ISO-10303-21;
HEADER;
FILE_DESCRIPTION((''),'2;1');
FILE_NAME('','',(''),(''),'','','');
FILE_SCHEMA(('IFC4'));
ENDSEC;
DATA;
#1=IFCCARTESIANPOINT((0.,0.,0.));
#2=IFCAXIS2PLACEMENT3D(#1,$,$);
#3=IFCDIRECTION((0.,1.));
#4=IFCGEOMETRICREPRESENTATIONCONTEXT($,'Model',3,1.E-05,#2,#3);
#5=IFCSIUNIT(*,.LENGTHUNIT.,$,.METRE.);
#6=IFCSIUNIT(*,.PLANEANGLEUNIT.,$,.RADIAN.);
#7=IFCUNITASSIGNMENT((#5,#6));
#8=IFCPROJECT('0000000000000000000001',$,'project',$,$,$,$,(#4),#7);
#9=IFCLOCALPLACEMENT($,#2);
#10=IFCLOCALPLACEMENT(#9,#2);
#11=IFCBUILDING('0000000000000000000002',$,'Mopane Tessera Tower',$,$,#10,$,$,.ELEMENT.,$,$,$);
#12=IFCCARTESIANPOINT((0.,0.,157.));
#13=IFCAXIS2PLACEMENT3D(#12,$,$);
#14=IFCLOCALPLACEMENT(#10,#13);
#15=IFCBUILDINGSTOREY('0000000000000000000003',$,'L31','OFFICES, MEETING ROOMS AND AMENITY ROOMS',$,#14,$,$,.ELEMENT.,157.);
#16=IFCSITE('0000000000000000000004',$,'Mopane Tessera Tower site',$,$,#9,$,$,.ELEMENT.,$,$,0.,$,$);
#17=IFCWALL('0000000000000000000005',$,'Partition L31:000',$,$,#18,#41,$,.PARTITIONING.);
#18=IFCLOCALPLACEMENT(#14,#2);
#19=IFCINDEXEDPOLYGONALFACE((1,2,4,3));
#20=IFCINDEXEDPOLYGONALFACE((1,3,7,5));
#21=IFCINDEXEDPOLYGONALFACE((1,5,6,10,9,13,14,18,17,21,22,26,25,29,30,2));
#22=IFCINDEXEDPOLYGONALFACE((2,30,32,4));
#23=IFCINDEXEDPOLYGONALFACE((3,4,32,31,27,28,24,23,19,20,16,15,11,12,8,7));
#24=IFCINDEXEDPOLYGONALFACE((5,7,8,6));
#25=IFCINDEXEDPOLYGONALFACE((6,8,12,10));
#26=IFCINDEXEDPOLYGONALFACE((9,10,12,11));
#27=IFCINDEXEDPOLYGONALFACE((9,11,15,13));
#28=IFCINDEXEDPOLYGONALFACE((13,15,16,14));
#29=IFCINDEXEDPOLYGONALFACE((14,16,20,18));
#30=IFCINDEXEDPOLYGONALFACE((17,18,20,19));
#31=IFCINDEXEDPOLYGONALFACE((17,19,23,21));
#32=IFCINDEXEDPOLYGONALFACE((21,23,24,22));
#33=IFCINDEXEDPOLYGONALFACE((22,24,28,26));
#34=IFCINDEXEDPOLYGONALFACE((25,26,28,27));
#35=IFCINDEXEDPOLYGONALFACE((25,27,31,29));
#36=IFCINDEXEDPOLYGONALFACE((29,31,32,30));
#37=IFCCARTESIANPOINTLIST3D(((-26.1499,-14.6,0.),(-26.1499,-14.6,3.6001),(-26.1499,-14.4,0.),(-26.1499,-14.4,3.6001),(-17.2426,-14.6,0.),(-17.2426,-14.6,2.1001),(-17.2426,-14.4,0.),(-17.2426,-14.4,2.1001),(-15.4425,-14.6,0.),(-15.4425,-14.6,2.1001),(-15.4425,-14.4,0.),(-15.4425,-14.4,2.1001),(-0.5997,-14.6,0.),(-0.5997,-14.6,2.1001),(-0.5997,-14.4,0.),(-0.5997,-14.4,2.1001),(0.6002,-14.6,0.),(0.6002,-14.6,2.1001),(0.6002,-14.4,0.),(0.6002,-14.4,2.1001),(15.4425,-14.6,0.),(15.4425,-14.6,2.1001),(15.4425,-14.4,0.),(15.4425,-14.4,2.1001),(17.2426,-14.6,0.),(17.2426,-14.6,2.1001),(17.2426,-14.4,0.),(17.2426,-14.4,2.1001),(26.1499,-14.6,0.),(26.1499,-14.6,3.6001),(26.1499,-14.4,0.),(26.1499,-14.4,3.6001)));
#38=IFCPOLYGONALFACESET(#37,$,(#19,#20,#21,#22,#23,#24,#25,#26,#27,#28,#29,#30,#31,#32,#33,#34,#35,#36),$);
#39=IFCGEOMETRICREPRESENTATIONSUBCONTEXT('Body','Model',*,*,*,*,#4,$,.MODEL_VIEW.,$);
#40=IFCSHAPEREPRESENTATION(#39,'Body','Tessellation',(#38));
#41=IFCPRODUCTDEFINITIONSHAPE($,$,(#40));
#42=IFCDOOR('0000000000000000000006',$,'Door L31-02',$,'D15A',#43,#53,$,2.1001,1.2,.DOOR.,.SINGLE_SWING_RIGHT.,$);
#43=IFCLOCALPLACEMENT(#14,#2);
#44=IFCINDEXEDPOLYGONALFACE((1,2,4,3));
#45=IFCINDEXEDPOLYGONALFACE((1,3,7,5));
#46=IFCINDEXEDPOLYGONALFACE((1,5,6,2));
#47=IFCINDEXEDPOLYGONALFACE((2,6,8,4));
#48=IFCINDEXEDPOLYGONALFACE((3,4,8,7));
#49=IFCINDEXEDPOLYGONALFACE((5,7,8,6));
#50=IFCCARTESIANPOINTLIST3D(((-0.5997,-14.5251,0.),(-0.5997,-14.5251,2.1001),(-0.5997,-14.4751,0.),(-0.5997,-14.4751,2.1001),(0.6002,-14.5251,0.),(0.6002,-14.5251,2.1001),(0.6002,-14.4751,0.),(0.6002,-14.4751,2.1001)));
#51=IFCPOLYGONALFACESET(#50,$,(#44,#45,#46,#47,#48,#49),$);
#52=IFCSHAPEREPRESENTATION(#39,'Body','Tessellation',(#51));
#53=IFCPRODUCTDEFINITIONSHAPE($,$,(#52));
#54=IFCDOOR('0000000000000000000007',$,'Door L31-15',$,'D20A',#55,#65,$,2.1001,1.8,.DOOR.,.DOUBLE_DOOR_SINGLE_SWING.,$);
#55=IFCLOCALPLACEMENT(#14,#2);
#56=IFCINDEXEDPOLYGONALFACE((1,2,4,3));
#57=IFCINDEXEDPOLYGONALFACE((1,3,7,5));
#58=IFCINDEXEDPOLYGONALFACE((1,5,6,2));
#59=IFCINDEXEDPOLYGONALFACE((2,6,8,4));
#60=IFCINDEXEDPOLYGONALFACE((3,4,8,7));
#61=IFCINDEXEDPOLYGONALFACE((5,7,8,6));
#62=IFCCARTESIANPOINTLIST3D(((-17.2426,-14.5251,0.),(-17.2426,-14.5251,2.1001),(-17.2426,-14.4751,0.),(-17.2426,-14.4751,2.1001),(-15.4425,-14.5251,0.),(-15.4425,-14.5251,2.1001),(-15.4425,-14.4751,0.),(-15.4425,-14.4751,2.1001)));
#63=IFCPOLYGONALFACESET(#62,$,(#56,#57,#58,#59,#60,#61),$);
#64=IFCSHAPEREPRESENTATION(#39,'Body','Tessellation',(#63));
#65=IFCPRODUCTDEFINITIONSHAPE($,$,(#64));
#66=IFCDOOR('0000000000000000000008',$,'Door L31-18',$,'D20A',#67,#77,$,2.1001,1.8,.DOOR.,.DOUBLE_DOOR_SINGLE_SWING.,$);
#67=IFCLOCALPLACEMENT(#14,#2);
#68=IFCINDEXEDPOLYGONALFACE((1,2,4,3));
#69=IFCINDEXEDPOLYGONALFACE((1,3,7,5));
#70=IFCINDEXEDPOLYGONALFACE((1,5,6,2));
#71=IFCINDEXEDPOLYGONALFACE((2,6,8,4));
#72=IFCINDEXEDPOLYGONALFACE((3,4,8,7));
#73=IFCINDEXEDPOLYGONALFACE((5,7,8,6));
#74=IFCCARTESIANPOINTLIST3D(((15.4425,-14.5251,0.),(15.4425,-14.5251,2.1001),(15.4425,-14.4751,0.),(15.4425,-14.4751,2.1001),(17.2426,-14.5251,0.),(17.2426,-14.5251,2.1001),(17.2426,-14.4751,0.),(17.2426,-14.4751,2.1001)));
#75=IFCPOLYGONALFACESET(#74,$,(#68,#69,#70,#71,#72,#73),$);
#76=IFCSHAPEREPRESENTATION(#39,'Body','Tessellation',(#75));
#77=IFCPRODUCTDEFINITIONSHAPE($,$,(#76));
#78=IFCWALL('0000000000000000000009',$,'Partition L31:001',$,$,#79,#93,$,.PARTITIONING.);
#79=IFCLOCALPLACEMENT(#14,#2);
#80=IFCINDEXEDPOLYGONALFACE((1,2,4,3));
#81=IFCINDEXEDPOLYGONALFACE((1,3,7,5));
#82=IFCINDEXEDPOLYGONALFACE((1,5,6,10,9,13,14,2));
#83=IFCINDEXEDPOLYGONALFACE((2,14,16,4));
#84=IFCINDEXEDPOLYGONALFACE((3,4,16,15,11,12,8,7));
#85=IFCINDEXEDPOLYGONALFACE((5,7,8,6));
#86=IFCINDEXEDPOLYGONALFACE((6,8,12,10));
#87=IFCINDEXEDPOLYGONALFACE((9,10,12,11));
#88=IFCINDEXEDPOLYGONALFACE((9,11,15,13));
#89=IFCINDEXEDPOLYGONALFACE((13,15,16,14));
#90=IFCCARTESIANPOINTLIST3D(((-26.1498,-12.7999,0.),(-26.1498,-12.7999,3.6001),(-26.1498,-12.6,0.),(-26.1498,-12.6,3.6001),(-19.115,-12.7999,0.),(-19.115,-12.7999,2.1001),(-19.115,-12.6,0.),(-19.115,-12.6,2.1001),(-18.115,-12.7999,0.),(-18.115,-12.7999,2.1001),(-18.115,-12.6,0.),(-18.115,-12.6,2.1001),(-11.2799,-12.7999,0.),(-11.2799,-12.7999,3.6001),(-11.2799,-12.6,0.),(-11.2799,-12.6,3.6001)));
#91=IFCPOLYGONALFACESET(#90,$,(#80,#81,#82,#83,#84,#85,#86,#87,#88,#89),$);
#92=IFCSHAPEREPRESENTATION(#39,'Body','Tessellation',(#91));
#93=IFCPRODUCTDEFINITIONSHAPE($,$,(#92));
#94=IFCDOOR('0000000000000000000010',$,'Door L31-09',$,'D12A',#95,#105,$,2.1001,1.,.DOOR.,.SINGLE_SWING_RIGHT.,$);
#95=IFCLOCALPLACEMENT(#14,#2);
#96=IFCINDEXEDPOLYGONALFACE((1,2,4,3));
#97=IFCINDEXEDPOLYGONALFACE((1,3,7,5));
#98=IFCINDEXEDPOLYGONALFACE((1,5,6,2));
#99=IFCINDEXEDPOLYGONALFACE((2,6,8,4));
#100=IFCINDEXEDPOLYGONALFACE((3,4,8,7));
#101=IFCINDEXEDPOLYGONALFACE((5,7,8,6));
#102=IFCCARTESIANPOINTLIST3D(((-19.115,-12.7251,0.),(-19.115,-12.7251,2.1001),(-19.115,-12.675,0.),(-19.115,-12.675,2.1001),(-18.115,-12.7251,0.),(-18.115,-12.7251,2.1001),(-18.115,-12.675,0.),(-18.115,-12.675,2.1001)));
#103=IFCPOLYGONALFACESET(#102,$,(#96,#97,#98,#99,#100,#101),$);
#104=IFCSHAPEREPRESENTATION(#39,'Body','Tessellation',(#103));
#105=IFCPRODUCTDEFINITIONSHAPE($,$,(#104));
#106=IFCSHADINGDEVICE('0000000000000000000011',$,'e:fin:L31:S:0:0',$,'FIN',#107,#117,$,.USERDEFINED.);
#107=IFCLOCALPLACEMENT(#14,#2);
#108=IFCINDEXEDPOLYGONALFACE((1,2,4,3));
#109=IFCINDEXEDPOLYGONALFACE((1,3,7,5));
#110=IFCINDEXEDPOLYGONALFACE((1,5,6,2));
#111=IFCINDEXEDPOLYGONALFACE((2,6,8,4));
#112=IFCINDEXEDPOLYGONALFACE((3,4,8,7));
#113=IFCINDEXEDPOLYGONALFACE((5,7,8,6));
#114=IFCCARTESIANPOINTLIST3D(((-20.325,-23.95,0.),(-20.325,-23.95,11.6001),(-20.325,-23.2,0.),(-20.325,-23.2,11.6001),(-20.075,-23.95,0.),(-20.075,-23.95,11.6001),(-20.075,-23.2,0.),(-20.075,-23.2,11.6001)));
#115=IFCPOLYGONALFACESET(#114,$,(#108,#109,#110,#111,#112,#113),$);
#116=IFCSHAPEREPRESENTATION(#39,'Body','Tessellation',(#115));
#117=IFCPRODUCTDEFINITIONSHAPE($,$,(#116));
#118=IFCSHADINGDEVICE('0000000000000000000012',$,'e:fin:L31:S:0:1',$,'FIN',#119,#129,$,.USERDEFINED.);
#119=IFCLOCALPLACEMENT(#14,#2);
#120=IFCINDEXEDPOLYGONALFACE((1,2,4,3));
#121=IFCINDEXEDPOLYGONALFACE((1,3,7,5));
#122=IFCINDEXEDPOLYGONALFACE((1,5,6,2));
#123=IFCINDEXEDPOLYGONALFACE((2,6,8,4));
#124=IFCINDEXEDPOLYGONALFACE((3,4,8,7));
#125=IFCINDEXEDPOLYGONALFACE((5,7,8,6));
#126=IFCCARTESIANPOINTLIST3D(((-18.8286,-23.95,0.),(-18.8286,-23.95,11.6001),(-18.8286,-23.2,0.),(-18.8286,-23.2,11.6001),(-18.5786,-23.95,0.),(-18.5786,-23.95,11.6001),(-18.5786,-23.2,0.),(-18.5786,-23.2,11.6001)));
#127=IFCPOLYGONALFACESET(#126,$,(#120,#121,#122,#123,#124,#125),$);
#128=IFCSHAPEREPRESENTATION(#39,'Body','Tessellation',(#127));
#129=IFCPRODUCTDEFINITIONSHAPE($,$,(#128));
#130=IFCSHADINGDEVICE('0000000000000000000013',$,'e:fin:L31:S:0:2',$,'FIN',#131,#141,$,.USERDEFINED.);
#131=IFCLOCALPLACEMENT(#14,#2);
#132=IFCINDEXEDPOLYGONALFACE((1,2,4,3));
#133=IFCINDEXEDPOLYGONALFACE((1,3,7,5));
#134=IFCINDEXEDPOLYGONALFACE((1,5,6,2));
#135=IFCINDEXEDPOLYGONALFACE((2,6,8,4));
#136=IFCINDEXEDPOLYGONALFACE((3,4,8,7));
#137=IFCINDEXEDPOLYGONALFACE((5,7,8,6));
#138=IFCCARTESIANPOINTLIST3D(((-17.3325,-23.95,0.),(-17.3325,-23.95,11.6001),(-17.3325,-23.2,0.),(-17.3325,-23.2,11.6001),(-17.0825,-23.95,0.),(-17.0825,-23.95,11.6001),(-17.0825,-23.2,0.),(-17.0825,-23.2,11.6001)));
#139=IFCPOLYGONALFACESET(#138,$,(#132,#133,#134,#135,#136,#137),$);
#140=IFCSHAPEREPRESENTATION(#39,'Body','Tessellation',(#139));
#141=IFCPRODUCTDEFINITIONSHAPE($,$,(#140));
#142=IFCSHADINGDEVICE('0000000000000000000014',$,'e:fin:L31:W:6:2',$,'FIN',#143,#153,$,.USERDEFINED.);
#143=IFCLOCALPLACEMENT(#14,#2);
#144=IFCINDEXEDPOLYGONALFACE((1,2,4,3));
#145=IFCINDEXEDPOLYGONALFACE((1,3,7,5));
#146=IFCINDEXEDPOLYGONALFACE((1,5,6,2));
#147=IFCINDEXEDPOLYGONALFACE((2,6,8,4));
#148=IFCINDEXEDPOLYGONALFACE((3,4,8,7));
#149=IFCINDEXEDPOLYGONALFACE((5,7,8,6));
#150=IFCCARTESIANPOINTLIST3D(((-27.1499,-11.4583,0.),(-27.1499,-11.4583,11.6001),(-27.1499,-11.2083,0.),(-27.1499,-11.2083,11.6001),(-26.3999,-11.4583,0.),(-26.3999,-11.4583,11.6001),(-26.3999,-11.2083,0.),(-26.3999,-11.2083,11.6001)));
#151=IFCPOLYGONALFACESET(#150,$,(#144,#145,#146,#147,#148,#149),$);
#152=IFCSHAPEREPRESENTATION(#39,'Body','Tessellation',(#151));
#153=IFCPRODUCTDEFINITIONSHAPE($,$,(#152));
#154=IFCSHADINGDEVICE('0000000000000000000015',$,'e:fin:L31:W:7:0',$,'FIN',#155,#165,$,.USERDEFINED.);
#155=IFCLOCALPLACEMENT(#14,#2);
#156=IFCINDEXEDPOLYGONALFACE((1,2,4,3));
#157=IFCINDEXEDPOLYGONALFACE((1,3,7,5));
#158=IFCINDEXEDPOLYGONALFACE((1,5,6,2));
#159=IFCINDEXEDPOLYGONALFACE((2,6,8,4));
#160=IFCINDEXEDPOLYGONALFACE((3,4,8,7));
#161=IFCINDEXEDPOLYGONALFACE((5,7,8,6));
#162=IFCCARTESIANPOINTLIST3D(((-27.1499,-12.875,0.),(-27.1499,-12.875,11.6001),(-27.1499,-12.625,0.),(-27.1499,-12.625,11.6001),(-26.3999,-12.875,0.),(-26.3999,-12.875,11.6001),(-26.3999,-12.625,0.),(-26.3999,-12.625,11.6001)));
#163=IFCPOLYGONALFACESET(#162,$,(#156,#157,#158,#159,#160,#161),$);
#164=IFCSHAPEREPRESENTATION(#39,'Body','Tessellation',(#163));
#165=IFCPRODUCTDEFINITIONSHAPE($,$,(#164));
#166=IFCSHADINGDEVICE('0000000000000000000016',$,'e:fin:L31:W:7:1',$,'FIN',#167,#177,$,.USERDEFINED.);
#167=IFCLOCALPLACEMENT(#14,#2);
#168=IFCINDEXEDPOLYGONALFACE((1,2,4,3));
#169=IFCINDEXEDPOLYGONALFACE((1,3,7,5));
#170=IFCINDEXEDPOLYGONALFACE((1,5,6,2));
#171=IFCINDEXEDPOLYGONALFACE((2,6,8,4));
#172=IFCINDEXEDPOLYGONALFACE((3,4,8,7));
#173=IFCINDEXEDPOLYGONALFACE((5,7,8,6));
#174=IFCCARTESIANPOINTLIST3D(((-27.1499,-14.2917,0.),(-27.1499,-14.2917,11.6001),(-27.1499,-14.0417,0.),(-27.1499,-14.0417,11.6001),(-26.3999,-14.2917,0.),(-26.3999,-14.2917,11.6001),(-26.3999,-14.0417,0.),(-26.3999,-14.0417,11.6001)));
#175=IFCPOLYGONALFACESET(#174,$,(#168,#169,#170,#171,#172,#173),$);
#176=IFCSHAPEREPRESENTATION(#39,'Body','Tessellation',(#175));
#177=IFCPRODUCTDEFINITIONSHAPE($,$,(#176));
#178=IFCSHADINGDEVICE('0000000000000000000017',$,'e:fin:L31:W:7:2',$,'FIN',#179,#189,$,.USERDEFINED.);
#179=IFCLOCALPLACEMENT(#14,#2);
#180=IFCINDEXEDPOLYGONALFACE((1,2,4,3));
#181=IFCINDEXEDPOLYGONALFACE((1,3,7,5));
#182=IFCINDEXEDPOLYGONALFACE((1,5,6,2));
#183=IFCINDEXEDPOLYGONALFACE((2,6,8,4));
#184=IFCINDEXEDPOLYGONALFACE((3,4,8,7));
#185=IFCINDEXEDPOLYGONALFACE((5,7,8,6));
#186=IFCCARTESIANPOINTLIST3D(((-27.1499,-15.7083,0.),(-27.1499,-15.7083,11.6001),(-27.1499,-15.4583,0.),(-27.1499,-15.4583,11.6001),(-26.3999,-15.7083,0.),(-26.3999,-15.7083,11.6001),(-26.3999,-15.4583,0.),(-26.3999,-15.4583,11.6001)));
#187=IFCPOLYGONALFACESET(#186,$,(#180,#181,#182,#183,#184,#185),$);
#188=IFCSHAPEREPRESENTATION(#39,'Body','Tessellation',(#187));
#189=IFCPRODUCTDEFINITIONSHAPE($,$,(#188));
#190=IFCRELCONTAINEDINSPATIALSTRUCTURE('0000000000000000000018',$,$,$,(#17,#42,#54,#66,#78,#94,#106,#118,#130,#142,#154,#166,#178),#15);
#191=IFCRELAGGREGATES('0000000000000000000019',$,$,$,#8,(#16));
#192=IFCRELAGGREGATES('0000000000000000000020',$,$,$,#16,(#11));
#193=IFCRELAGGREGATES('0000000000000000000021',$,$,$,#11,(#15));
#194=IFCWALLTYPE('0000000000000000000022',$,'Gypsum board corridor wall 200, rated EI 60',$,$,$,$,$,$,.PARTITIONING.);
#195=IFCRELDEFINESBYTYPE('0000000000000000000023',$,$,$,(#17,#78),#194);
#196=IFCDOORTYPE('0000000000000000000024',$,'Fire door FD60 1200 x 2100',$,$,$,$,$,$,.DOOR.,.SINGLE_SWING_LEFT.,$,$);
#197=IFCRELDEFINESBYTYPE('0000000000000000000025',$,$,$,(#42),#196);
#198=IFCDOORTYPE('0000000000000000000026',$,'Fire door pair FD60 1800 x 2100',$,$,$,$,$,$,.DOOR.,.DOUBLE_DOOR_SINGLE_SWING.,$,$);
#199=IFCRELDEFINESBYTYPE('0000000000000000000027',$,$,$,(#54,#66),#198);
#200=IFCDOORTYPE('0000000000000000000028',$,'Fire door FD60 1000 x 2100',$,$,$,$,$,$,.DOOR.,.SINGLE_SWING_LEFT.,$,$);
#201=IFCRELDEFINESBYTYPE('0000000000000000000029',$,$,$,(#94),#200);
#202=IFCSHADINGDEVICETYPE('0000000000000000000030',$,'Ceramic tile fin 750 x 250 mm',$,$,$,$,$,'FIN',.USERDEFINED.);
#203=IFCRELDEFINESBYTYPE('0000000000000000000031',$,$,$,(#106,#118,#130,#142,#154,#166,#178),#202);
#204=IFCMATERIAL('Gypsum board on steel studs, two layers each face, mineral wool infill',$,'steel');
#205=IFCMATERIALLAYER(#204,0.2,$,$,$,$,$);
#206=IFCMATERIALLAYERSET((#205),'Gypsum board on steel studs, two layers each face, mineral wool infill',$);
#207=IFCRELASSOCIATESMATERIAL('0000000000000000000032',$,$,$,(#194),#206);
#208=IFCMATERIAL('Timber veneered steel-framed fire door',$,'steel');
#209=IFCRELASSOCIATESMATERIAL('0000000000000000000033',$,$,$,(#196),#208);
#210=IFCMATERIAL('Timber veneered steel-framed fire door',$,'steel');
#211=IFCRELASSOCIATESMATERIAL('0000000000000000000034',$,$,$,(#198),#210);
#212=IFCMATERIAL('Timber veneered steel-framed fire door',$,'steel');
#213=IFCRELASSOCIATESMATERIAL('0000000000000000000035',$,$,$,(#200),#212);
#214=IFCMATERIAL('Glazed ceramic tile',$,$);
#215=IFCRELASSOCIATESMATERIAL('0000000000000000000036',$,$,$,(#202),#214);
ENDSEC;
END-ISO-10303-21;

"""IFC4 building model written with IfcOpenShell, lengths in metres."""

from ifc_helpers import new_model, si_unit, direction, frame, frame_2d, origin, origin_2d, place, context, subcontext, project, spatial, rectangle, extrude, material, layer, layer_set, type_object, element, fill, save


model = new_model("IFC4")

# Units and contexts
model_context = context("Model", 3, precision=1e-05, world=origin(), true_north=direction((0.0, 1.0)))
body_context = subcontext(model_context, "Body", "Model", "MODEL_VIEW")
ifc_project = project(units=[si_unit("LENGTHUNIT", "METRE"), si_unit("PLANEANGLEUNIT", "RADIAN")], contexts=[model_context])

# Site, building, storey
site_placement = place(None, origin())
site = spatial("IfcSite", under=ifc_project, at=site_placement, Name="Mopane Tessera Tower site", CompositionType="ELEMENT", RefElevation=0.0)
building_placement = place(site_placement, origin())
building = spatial("IfcBuilding", under=site, at=building_placement, Name="Mopane Tessera Tower", CompositionType="ELEMENT")
storey_placement = place(building_placement, frame((0.0, 0.0, 157.0)))
storey = spatial("IfcBuildingStorey", under=building, at=storey_placement, Name="L31", Description="OFFICES, MEETING ROOMS AND AMENITY ROOMS", CompositionType="ELEMENT", Elevation=157.0)

# Wall, openings, doors
ifc_material_1 = material(Name="Gypsum board on steel studs, two layers each face, mineral wool infill", Category="steel")
ifc_layer_1 = layer(ifc_material_1, 0.2)
ifc_layer_set_1 = layer_set([ifc_layer_1], Name="Gypsum board on steel studs, two layers each face, mineral wool infill")
wall_type = type_object("IfcWallType", Name="Gypsum board corridor wall 200, rated EI 60", PredefinedType="PARTITIONING", material=ifc_layer_set_1)
wall_1_placement = place(storey_placement, frame((-26.1499, -14.5, 0.0), z_axis=(0.0, 0.0, 1.0), x_axis=(1.0, 0.0, 0.0)))
wall_1 = element("IfcWall", 1, at=wall_1_placement, inside=storey, type_object=wall_type, Name="Partition L31:000", PredefinedType="PARTITIONING", context=body_context, shape_type="SweptSolid", body=[
    extrude(rectangle(XDim=52.2998, YDim=0.2, at=frame_2d((26.1499, 0.0))), origin(), (0.0, 0.0, 1.0), 3.6001),
])
opening_1_placement = place(wall_1_placement, frame((25.55, 0.0, 0.0)))
opening_1 = element("IfcOpeningElement", 2, at=opening_1_placement, cuts=wall_1, PredefinedType="OPENING", context=body_context, shape_type="SweptSolid", body=[
    extrude(rectangle(XDim=1.2, YDim=2.1001, at=frame_2d((0.6001, 1.05))), frame((0.0, 0.1121, 0.0), z_axis=(0.0, -1.0, 0.0), x_axis=(1.0, 0.0, 0.0)), (0.0, 0.0, 1.0), 0.2239),
])
opening_2_placement = place(wall_1_placement, frame((8.9075, 0.0, 0.0)))
opening_2 = element("IfcOpeningElement", 3, at=opening_2_placement, cuts=wall_1, PredefinedType="OPENING", context=body_context, shape_type="SweptSolid", body=[
    extrude(rectangle(XDim=1.8, YDim=2.1001, at=frame_2d((0.8999, 1.05))), frame((0.0, 0.1121, 0.0), z_axis=(0.0, -1.0, 0.0), x_axis=(1.0, 0.0, 0.0)), (0.0, 0.0, 1.0), 0.2239),
])
opening_3_placement = place(wall_1_placement, frame((41.5925, 0.0, 0.0)))
opening_3 = element("IfcOpeningElement", 4, at=opening_3_placement, cuts=wall_1, PredefinedType="OPENING", context=body_context, shape_type="SweptSolid", body=[
    extrude(rectangle(XDim=1.8, YDim=2.1001, at=frame_2d((0.8999, 1.05))), frame((0.0, 0.1121, 0.0), z_axis=(0.0, -1.0, 0.0), x_axis=(1.0, 0.0, 0.0)), (0.0, 0.0, 1.0), 0.2239),
])
ifc_material_2 = material(Name="Timber veneered steel-framed fire door", Category="steel")
door_type_1 = type_object("IfcDoorType", Name="Fire door FD60 1200 x 2100", OperationType="SINGLE_SWING_LEFT", PredefinedType="DOOR", material=ifc_material_2)
door_1_placement = place(opening_1_placement, origin())
door_1 = element("IfcDoor", 5, at=door_1_placement, inside=storey, type_object=door_type_1, Name="Door L31-02", ObjectType="D15A", OperationType="SINGLE_SWING_RIGHT", OverallHeight=2.1001, OverallWidth=1.2, PredefinedType="DOOR", context=body_context, shape_type="SweptSolid", body=[
    extrude(rectangle(XDim=1.2, YDim=2.1001, at=frame_2d((0.6001, 1.05))), frame((0.0, 0.0249, 0.0), z_axis=(0.0, -1.0, 0.0), x_axis=(1.0, 0.0, 0.0)), (0.0, 0.0, 1.0), 0.05),
])
fill(opening_1, door_1)
ifc_material_3 = material(Name="Timber veneered steel-framed fire door", Category="steel")
door_type_2 = type_object("IfcDoorType", Name="Fire door pair FD60 1800 x 2100", OperationType="DOUBLE_DOOR_SINGLE_SWING", PredefinedType="DOOR", material=ifc_material_3)
door_2_placement = place(opening_2_placement, origin())
door_2 = element("IfcDoor", 6, at=door_2_placement, inside=storey, type_object=door_type_2, Name="Door L31-15", ObjectType="D20A", OperationType="DOUBLE_DOOR_SINGLE_SWING", OverallHeight=2.1001, OverallWidth=1.8, PredefinedType="DOOR", context=body_context, shape_type="SweptSolid", body=[
    extrude(rectangle(XDim=1.8, YDim=2.1001, at=frame_2d((0.8999, 1.05))), frame((0.0, 0.0249, 0.0), z_axis=(0.0, -1.0, 0.0), x_axis=(1.0, 0.0, 0.0)), (0.0, 0.0, 1.0), 0.05),
])
fill(opening_2, door_2)
door_3_placement = place(opening_3_placement, origin())
door_3 = element("IfcDoor", 7, at=door_3_placement, inside=storey, type_object=door_type_2, Name="Door L31-18", ObjectType="D20A", OperationType="DOUBLE_DOOR_SINGLE_SWING", OverallHeight=2.1001, OverallWidth=1.8, PredefinedType="DOOR", context=body_context, shape_type="SweptSolid", body=[
    extrude(rectangle(XDim=1.8, YDim=2.1001, at=frame_2d((0.8999, 1.05))), frame((0.0, 0.0249, 0.0), z_axis=(0.0, -1.0, 0.0), x_axis=(1.0, 0.0, 0.0)), (0.0, 0.0, 1.0), 0.05),
])
fill(opening_3, door_3)

# Wall, opening, door
wall_2_placement = place(storey_placement, frame((-26.1499, -12.7, 0.0), z_axis=(0.0, 0.0, 1.0), x_axis=(1.0, 0.0, 0.0)))
wall_2 = element("IfcWall", 8, at=wall_2_placement, inside=storey, type_object=wall_type, Name="Partition L31:001", PredefinedType="PARTITIONING", context=body_context, shape_type="SweptSolid", body=[
    extrude(rectangle(XDim=14.8699, YDim=0.2, at=frame_2d((7.4351, 0.0))), origin(), (0.0, 0.0, 1.0), 3.6001),
])
opening_4_placement = place(wall_2_placement, frame((7.0349, 0.0, 0.0)))
opening_4 = element("IfcOpeningElement", 9, at=opening_4_placement, cuts=wall_2, PredefinedType="OPENING", context=body_context, shape_type="SweptSolid", body=[
    extrude(rectangle(XDim=1.0, YDim=2.1001, at=frame_2d((0.5, 1.05))), frame((0.0, 0.1121, 0.0), z_axis=(0.0, -1.0, 0.0), x_axis=(1.0, 0.0, 0.0)), (0.0, 0.0, 1.0), 0.2239),
])
ifc_material_4 = material(Name="Timber veneered steel-framed fire door", Category="steel")
door_type_3 = type_object("IfcDoorType", Name="Fire door FD60 1000 x 2100", OperationType="SINGLE_SWING_LEFT", PredefinedType="DOOR", material=ifc_material_4)
door_4_placement = place(opening_4_placement, origin())
door_4 = element("IfcDoor", 10, at=door_4_placement, inside=storey, type_object=door_type_3, Name="Door L31-09", ObjectType="D12A", OperationType="SINGLE_SWING_RIGHT", OverallHeight=2.1001, OverallWidth=1.0, PredefinedType="DOOR", context=body_context, shape_type="SweptSolid", body=[
    extrude(rectangle(XDim=1.0, YDim=2.1001, at=frame_2d((0.5, 1.05))), frame((0.0, 0.0249, 0.0), z_axis=(0.0, -1.0, 0.0), x_axis=(1.0, 0.0, 0.0)), (0.0, 0.0, 1.0), 0.05),
])
fill(opening_4, door_4)

# Shading devices
ifc_material_5 = material(Name="Glazed ceramic tile")
shading_device_type = type_object("IfcShadingDeviceType", Name="Ceramic tile fin 750 x 250 mm", ElementType="FIN", PredefinedType="USERDEFINED", material=ifc_material_5)
for number, where, z_axis, x_axis, name in (
    (11, (-20.2, -23.575, 0.0), (0.0, 0.0, 1.0), (1.0, 0.0, 0.0), "e:fin:L31:S:0:0"),
    (12, (-18.7036, -23.575, 0.0), (0.0, 0.0, 1.0), (1.0, 0.0, 0.0), "e:fin:L31:S:0:1"),
    (13, (-17.2075, -23.575, 0.0), (0.0, 0.0, 1.0), (1.0, 0.0, 0.0), "e:fin:L31:S:0:2"),
    (14, (-26.7749, -11.3333, 0.0), (0.0, 0.0, 1.0), (0.0, -1.0, 0.0), "e:fin:L31:W:6:2"),
    (15, (-26.7749, -12.75, 0.0), (0.0, 0.0, 1.0), (0.0, -1.0, 0.0), "e:fin:L31:W:7:0"),
    (16, (-26.7749, -14.1667, 0.0), (0.0, 0.0, 1.0), (0.0, -1.0, 0.0), "e:fin:L31:W:7:1"),
    (17, (-26.7749, -15.5833, 0.0), (0.0, 0.0, 1.0), (0.0, -1.0, 0.0), "e:fin:L31:W:7:2"),
):
    element("IfcShadingDevice", number, at=place(storey_placement, frame(where, z_axis=z_axis, x_axis=x_axis)), inside=storey, type_object=shading_device_type, Name=name, ObjectType="FIN", PredefinedType="USERDEFINED", context=body_context, shape_type="SweptSolid", body=[
        extrude(rectangle(XDim=0.25, YDim=0.75, at=origin_2d()), origin(), (0.0, 0.0, 1.0), 11.6001),
    ])

save(model, "model.ifc")
